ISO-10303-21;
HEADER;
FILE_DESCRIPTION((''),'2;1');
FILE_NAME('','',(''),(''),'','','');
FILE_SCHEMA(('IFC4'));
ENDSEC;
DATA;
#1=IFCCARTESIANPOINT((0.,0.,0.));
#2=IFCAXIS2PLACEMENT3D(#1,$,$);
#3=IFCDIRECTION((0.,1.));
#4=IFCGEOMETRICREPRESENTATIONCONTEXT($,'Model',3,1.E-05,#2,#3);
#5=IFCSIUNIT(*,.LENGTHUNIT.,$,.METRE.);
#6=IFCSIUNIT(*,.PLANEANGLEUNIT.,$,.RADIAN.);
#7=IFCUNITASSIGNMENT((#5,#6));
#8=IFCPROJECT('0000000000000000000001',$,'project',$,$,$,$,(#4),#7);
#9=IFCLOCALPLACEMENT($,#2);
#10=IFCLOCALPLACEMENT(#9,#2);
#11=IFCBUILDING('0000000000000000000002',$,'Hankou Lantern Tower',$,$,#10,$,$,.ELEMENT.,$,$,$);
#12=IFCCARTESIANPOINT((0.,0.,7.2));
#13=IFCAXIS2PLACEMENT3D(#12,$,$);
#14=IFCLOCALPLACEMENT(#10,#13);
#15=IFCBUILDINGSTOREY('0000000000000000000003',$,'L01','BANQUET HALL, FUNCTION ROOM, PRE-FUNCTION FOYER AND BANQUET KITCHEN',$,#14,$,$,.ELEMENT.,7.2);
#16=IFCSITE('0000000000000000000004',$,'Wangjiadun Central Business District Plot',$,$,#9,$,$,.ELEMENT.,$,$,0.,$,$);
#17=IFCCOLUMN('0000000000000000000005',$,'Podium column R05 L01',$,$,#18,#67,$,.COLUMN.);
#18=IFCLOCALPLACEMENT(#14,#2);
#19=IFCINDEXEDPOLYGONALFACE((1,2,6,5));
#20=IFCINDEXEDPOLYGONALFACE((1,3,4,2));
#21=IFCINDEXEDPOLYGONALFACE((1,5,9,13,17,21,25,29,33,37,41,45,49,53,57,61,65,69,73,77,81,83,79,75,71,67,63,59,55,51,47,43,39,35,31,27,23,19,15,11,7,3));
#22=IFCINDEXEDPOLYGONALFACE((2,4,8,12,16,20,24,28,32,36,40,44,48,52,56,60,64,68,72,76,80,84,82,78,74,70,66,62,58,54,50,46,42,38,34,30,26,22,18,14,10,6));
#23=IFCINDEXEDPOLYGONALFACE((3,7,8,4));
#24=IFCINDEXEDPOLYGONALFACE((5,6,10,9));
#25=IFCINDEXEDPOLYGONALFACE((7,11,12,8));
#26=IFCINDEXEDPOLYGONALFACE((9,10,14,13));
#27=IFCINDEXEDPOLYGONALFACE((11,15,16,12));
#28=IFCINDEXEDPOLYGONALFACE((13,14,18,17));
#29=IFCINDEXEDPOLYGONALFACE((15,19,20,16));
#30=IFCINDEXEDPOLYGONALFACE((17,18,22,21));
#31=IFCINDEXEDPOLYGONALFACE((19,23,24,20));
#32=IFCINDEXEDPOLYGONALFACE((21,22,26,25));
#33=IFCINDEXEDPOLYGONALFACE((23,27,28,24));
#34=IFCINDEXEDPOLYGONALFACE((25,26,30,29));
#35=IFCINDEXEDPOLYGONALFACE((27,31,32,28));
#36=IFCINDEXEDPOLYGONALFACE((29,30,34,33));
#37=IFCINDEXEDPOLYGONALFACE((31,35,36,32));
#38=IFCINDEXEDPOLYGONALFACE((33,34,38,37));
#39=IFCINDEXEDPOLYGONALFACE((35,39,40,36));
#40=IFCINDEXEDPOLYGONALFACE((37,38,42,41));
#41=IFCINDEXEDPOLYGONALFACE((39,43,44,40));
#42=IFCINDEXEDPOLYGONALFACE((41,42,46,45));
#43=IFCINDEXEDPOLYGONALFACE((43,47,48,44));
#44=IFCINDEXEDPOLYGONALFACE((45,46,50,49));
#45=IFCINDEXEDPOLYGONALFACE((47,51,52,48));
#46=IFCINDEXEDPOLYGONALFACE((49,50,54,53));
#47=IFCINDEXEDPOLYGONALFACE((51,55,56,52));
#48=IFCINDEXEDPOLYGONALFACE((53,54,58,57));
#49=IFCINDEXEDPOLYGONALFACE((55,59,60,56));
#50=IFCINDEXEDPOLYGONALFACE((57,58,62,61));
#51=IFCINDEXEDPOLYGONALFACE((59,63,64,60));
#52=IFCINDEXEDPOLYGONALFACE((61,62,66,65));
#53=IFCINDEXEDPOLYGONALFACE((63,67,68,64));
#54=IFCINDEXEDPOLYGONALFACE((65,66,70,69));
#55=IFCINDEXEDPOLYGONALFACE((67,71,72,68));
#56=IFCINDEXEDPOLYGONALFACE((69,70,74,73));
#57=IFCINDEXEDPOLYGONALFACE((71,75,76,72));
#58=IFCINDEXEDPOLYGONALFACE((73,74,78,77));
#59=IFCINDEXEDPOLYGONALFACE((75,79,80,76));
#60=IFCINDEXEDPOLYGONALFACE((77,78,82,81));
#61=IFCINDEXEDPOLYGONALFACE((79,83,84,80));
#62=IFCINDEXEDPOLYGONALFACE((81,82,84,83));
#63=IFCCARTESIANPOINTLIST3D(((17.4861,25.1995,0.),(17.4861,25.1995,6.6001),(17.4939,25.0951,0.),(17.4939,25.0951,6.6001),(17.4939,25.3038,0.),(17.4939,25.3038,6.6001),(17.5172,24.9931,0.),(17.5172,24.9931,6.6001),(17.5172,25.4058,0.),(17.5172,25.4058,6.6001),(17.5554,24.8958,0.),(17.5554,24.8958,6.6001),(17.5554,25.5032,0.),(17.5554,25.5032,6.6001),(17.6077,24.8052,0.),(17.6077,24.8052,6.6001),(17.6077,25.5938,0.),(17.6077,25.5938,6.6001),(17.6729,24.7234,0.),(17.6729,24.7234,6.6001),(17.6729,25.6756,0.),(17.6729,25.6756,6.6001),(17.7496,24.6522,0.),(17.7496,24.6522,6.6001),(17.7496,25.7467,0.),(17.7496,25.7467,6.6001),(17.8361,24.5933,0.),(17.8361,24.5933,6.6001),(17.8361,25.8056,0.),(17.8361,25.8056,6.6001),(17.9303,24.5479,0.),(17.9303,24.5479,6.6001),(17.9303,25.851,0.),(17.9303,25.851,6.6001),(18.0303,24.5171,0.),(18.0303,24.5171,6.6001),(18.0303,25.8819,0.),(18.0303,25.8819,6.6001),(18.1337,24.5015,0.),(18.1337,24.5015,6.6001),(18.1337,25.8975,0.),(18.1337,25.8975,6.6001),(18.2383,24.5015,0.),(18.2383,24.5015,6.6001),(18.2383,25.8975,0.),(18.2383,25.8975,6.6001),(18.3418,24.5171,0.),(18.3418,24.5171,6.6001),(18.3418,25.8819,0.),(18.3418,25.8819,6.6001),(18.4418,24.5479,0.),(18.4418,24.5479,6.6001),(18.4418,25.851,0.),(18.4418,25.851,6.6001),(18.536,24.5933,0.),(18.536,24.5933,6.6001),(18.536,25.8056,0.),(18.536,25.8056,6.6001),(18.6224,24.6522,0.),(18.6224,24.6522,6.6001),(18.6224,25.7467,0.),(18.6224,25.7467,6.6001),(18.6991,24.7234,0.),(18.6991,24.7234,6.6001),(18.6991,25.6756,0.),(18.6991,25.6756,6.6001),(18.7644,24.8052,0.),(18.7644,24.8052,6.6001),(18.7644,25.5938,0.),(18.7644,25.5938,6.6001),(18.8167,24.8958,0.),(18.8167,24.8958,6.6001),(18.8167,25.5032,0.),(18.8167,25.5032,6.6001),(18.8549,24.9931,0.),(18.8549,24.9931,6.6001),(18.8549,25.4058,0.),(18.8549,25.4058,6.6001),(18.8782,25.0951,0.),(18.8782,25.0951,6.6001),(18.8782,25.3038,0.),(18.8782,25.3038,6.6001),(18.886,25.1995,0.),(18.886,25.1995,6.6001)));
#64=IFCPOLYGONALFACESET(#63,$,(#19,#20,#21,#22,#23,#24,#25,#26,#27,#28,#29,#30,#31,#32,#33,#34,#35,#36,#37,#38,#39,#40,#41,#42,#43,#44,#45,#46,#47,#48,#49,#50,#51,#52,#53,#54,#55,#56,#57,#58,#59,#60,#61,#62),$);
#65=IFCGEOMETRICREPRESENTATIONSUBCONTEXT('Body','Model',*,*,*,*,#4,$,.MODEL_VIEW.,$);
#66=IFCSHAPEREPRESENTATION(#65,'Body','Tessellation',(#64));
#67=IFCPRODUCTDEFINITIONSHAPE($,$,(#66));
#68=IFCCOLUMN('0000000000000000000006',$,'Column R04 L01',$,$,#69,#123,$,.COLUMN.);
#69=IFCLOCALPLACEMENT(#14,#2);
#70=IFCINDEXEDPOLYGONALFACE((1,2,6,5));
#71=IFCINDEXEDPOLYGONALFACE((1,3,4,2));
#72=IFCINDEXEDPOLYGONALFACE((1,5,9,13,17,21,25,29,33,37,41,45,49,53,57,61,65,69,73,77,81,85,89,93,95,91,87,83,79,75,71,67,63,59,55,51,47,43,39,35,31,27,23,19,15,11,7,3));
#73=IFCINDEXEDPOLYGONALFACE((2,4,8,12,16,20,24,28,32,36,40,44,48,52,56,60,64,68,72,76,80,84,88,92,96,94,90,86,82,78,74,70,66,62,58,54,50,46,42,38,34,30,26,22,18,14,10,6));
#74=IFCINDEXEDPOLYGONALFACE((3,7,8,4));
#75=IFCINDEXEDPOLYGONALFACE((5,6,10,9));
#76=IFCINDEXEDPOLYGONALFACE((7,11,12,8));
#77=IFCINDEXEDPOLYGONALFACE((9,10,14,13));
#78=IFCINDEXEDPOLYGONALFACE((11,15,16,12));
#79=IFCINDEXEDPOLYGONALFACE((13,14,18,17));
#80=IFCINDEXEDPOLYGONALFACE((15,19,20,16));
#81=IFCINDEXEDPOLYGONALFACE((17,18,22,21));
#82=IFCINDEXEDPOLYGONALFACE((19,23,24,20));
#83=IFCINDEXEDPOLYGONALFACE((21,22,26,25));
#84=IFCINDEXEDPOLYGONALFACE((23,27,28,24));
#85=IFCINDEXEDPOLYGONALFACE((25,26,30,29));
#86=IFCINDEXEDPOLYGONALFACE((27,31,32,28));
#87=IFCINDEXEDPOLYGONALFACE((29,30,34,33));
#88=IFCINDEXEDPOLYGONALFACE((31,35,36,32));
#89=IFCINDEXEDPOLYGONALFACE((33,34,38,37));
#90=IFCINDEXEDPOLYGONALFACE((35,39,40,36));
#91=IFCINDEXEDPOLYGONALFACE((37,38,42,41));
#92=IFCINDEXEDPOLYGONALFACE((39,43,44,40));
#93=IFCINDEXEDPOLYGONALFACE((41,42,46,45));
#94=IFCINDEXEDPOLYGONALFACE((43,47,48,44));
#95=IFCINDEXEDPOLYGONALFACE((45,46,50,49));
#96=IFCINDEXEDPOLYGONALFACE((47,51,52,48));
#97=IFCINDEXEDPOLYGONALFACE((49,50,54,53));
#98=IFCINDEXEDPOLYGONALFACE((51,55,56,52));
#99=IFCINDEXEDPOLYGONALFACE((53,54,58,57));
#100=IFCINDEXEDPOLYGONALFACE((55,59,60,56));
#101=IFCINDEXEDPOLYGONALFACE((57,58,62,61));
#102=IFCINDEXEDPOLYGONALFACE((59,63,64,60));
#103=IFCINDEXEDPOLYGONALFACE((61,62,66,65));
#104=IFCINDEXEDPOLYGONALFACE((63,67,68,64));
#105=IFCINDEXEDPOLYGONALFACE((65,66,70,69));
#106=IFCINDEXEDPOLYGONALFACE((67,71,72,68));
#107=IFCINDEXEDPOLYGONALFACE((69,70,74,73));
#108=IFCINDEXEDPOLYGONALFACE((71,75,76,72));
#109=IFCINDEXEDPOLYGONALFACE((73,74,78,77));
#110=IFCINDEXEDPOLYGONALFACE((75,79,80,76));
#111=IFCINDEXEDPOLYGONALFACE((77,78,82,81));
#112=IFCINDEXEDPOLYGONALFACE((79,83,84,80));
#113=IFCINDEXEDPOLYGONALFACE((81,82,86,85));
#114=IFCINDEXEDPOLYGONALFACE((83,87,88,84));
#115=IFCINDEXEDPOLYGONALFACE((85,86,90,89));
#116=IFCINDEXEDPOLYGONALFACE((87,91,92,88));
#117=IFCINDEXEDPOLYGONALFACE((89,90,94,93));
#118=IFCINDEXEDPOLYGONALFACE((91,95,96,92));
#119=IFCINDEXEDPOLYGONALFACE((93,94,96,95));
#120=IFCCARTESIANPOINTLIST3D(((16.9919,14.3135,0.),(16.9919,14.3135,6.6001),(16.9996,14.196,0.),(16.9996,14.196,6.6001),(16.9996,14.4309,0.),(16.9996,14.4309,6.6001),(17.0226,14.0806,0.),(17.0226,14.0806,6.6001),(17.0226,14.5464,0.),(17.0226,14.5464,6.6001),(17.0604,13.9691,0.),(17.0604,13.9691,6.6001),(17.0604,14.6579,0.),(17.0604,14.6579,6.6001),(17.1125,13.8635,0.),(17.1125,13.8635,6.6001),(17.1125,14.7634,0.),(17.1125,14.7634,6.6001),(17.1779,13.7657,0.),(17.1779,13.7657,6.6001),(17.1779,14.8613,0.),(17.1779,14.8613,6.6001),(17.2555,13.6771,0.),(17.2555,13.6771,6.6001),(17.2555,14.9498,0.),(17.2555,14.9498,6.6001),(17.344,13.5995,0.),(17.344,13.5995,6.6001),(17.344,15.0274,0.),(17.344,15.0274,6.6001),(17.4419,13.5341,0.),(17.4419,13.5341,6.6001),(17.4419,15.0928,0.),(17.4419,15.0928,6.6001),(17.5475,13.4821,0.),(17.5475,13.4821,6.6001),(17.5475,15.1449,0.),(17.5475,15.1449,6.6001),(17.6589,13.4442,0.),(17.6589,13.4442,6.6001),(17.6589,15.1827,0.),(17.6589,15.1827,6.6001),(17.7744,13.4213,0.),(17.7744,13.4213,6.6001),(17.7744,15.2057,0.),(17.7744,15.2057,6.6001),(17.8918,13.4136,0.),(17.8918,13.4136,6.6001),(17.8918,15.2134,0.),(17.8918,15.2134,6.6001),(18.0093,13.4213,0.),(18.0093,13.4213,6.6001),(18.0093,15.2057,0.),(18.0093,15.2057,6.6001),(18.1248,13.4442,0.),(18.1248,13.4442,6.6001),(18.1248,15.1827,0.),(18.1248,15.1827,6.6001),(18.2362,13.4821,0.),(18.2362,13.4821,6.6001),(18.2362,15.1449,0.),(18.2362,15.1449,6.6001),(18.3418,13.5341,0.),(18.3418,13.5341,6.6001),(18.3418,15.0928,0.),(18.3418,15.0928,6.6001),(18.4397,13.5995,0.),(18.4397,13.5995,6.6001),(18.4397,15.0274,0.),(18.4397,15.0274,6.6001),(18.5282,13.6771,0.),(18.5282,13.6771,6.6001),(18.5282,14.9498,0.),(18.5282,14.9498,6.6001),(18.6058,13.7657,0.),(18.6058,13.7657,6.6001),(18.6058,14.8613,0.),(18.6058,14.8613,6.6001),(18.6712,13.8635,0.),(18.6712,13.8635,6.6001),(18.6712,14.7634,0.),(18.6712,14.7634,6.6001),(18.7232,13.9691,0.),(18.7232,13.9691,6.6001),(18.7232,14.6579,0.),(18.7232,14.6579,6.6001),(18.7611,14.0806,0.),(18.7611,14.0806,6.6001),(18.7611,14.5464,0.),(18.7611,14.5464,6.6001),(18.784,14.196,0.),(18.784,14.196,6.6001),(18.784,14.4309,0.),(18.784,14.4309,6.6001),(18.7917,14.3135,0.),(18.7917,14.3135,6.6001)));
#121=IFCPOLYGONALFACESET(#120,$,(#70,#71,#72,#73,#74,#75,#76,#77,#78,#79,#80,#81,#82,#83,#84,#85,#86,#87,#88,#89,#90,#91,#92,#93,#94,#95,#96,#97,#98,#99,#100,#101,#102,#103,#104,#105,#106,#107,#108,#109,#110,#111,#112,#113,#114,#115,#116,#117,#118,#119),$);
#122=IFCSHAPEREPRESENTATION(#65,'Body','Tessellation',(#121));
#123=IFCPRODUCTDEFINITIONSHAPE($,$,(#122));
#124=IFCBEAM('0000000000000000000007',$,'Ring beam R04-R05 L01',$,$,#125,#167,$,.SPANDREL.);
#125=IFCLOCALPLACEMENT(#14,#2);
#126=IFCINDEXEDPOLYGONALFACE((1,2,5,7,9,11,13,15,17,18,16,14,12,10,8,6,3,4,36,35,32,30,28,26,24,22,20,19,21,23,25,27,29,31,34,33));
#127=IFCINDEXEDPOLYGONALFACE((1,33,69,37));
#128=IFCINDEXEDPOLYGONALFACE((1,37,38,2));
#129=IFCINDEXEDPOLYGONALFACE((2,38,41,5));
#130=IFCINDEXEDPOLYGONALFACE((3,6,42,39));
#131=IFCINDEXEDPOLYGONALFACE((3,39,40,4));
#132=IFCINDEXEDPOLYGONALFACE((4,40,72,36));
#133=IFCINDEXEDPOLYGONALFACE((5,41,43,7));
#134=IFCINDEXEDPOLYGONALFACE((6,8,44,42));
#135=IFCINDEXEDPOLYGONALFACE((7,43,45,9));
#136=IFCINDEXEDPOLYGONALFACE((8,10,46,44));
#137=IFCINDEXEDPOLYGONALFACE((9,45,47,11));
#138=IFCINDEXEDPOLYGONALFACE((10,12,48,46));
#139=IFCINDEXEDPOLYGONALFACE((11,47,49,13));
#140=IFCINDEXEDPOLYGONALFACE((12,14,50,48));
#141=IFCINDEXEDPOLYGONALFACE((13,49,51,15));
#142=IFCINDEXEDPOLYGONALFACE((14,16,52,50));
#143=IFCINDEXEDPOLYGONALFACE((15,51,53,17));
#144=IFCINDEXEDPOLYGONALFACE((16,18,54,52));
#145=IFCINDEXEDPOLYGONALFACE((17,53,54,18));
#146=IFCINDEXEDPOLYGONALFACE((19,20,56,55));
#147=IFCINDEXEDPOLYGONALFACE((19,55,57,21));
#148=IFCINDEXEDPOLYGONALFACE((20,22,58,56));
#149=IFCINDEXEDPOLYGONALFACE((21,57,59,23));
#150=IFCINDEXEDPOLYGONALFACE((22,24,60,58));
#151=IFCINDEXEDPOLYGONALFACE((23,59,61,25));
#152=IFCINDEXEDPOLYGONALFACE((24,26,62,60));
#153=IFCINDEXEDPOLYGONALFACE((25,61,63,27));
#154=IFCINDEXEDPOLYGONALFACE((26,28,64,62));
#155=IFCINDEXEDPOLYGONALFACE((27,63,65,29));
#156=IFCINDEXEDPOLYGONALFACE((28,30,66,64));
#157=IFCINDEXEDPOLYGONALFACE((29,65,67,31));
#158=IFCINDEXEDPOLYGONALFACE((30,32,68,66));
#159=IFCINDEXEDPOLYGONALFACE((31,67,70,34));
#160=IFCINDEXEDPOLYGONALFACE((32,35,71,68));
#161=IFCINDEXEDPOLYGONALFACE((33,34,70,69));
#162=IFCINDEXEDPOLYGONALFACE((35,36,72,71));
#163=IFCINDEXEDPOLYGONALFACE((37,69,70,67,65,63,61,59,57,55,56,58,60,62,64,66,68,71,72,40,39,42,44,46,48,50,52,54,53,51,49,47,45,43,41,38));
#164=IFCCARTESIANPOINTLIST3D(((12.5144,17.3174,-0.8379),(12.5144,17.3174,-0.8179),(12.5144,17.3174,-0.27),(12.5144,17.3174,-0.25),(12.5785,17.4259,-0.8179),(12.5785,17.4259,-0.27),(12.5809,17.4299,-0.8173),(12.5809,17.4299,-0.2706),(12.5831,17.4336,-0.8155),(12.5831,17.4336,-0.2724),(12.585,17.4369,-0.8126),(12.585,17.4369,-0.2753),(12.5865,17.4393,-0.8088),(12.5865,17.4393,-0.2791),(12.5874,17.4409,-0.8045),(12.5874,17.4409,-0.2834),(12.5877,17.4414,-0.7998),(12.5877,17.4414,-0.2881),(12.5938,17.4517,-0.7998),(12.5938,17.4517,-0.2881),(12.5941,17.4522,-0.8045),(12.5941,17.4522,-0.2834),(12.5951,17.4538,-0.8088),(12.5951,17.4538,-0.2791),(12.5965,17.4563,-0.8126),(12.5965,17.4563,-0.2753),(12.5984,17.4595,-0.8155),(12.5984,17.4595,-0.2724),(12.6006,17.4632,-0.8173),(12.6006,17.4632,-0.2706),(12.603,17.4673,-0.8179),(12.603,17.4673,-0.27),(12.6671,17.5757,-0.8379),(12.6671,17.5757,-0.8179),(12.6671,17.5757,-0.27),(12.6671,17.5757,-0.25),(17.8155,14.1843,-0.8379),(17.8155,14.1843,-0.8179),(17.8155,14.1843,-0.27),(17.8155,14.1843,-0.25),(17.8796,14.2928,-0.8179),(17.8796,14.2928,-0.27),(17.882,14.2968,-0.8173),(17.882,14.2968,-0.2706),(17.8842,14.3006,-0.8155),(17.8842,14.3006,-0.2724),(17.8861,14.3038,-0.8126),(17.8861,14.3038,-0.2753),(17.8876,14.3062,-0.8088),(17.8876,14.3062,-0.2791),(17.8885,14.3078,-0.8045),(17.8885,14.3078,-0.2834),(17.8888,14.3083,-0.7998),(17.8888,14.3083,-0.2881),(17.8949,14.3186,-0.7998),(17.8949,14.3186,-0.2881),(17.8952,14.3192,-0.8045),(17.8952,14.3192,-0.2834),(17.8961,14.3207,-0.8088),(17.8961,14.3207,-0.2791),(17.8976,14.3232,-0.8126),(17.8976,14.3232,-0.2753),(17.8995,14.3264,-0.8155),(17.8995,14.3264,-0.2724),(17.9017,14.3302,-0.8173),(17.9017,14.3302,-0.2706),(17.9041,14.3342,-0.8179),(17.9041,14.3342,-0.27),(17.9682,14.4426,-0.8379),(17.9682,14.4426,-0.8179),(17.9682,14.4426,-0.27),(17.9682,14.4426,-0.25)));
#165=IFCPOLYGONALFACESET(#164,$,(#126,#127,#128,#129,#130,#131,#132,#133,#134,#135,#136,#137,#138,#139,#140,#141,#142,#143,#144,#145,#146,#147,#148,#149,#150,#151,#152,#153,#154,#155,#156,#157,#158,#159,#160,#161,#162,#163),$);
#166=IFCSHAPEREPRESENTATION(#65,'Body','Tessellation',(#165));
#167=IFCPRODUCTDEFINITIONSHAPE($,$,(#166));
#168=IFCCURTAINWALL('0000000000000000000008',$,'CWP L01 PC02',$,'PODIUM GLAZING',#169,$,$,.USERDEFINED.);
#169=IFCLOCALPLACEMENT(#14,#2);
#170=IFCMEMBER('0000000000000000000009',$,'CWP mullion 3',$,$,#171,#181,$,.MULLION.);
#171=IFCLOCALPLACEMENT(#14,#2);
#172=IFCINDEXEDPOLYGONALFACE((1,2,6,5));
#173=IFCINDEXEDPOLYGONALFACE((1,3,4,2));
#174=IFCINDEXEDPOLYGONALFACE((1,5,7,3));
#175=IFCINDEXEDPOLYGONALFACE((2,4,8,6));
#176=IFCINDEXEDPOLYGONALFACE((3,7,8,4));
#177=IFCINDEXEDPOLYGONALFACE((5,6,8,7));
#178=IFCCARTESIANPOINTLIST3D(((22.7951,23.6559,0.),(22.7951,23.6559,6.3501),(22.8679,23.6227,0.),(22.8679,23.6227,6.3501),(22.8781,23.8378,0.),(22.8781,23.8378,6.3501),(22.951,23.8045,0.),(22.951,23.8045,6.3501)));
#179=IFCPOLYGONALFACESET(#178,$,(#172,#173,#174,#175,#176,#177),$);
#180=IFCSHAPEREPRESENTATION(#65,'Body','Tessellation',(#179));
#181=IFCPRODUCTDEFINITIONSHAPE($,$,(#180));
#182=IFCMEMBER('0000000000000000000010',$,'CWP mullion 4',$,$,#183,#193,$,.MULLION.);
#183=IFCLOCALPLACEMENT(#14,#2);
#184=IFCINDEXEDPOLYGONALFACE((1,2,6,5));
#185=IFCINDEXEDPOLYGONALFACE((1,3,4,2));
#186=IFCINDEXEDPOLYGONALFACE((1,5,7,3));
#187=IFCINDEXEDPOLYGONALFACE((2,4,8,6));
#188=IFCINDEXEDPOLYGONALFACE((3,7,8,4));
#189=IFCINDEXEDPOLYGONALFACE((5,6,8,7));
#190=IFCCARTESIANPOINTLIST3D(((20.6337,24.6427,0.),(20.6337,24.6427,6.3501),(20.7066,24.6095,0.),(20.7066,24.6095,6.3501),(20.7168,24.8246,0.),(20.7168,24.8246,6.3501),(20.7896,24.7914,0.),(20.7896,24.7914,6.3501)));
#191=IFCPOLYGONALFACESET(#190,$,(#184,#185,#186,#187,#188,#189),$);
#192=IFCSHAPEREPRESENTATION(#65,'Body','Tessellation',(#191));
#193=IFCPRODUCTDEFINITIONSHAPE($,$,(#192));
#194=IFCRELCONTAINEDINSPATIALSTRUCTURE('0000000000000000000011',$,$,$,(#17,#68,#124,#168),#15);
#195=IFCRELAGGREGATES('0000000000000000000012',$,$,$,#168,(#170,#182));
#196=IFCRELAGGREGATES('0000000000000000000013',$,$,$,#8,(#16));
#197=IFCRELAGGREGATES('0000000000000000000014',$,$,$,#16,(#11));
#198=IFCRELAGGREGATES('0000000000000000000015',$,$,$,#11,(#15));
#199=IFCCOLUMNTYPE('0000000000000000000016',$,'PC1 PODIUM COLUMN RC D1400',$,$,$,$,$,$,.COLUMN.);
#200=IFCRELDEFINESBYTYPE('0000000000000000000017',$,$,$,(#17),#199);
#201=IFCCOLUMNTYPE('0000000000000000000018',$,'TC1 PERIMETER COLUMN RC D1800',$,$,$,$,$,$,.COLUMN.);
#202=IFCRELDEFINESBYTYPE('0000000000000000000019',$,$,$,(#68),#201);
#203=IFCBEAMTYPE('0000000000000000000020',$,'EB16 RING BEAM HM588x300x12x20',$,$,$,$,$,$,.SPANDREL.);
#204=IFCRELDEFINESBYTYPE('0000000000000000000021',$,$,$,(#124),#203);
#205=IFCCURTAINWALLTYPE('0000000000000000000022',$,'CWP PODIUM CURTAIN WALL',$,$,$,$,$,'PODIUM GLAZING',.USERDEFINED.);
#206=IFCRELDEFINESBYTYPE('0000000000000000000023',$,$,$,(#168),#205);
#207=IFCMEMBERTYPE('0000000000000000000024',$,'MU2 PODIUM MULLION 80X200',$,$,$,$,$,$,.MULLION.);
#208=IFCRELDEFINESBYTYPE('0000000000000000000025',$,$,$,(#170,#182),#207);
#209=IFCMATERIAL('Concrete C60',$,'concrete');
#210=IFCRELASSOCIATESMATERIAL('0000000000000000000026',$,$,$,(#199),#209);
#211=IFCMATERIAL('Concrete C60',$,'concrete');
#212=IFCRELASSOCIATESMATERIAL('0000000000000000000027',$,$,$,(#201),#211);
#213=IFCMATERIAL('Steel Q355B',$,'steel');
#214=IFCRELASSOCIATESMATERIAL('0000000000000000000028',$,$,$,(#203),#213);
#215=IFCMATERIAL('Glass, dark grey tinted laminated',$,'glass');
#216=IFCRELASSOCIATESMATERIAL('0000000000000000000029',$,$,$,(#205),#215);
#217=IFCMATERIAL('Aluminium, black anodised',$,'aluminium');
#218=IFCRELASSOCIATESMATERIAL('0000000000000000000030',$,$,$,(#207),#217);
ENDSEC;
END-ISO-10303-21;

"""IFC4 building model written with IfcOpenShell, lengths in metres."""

from ifc_helpers import new_model, si_unit, direction, frame, origin, origin_2d, place, context, subcontext, project, spatial, rectangle, circle, i_section, extrude, material, material_profile, profile_set, type_object, element, aggregate, save


model = new_model("IFC4")

# Units and contexts
model_context = context("Model", 3, precision=1e-05, world=origin(), true_north=direction((0.0, 1.0)))
body_context = subcontext(model_context, "Body", "Model", "MODEL_VIEW")
ifc_project = project(units=[si_unit("LENGTHUNIT", "METRE"), si_unit("PLANEANGLEUNIT", "RADIAN")], contexts=[model_context])

# Site, building, storey
site_placement = place(None, origin())
site = spatial("IfcSite", under=ifc_project, at=site_placement, Name="Wangjiadun Central Business District Plot", CompositionType="ELEMENT", RefElevation=0.0)
building_placement = place(site_placement, origin())
building = spatial("IfcBuilding", under=site, at=building_placement, Name="Hankou Lantern Tower", CompositionType="ELEMENT")
storey_placement = place(building_placement, frame((0.0, 0.0, 7.2)))
storey = spatial("IfcBuildingStorey", under=building, at=storey_placement, Name="L01", Description="BANQUET HALL, FUNCTION ROOM, PRE-FUNCTION FOYER AND BANQUET KITCHEN", CompositionType="ELEMENT", Elevation=7.2)

# Columns
ifc_material_1 = material(Name="Concrete C60", Category="concrete")
ifc_material_profile_1 = material_profile(ifc_material_1, circle(Radius=0.7, at=origin_2d()), Name="RC D1400")
ifc_profile_set_1 = profile_set([ifc_material_profile_1], Name="Concrete C60")
column_type_1 = type_object("IfcColumnType", Name="PC1 PODIUM COLUMN RC D1400", PredefinedType="COLUMN", material=ifc_profile_set_1)
column_1_placement = place(storey_placement, frame((18.186, 25.1995, 0.0), z_axis=(0.0, 0.0, 1.0), x_axis=(1.0, 0.0, 0.0)))
element("IfcColumn", 1, at=column_1_placement, inside=storey, type_object=column_type_1, Name="Podium column R05 L01", PredefinedType="COLUMN", context=body_context, shape_type="SweptSolid", body=[
    extrude(circle(Radius=0.7, at=origin_2d()), origin(), (0.0, 0.0, 1.0), 6.6001),
])
ifc_material_2 = material(Name="Concrete C60", Category="concrete")
ifc_material_profile_2 = material_profile(ifc_material_2, circle(Radius=0.8999, at=origin_2d()), Name="RC D1800")
ifc_profile_set_2 = profile_set([ifc_material_profile_2], Name="Concrete C60")
column_type_2 = type_object("IfcColumnType", Name="TC1 PERIMETER COLUMN RC D1800", PredefinedType="COLUMN", material=ifc_profile_set_2)
column_2_placement = place(storey_placement, frame((17.8918, 14.3135, 0.0), z_axis=(0.0, 0.0, 1.0), x_axis=(1.0, 0.0, 0.0)))
element("IfcColumn", 2, at=column_2_placement, inside=storey, type_object=column_type_2, Name="Column R04 L01", PredefinedType="COLUMN", context=body_context, shape_type="SweptSolid", body=[
    extrude(circle(Radius=0.8999, at=origin_2d()), origin(), (0.0, 0.0, 1.0), 6.6001),
])

# Beam
ifc_material_3 = material(Name="Steel Q355B", Category="steel")
ifc_material_profile_3 = material_profile(ifc_material_3, i_section(OverallWidth=0.3, OverallDepth=0.5879, WebThickness=0.012, FlangeThickness=0.02, FilletRadius=0.0181, at=origin_2d()), Name="HM588x300x12x20")
ifc_profile_set_3 = profile_set([ifc_material_profile_3], Name="Steel Q355B")
beam_type_1 = type_object("IfcBeamType", Name="EB16 RING BEAM HM588x300x12x20", PredefinedType="SPANDREL", material=ifc_profile_set_3)
beam_1_placement = place(storey_placement, frame((17.8918, 14.3135, -0.5439), z_axis=(-0.860882, 0.508805, 0.0), x_axis=(-0.508805, -0.860882, 0.0)))
element("IfcBeam", 3, at=beam_1_placement, inside=storey, type_object=beam_type_1, Name="Ring beam R04-R05 L01", PredefinedType="SPANDREL", context=body_context, shape_type="SweptSolid", body=[
    extrude(i_section(OverallWidth=0.3, OverallDepth=0.5879, WebThickness=0.012, FlangeThickness=0.02, FilletRadius=0.0181, at=origin_2d()), origin(), (0.0, 0.0, 1.0), 6.1577),
])

# Curtain wall, members
ifc_material_4 = material(Name="Glass, dark grey tinted laminated", Category="glass")
curtain_wall_type = type_object("IfcCurtainWallType", Name="CWP PODIUM CURTAIN WALL", ElementType="PODIUM GLAZING", PredefinedType="USERDEFINED", material=ifc_material_4)
curtain_wall_1_placement = place(storey_placement, origin())
curtain_wall_1 = element("IfcCurtainWall", 4, at=curtain_wall_1_placement, inside=storey, type_object=curtain_wall_type, Name="CWP L01 PC02", ObjectType="PODIUM GLAZING", PredefinedType="USERDEFINED")
ifc_material_5 = material(Name="Aluminium, black anodised", Category="aluminium")
ifc_material_profile_4 = material_profile(ifc_material_5, rectangle(XDim=0.0801, YDim=0.2, at=origin_2d()), Name="MU2 80X200")
ifc_profile_set_4 = profile_set([ifc_material_profile_4], Name="Aluminium, black anodised")
member_type_1 = type_object("IfcMemberType", Name="MU2 PODIUM MULLION 80X200", PredefinedType="MULLION", material=ifc_profile_set_4)
member_1_placement = place(storey_placement, frame((22.873, 23.7302, 0.0), z_axis=(0.0, 0.0, 1.0), x_axis=(-0.90967, 0.415332, 0.0)))
member_1 = element("IfcMember", 5, at=member_1_placement, type_object=member_type_1, Name="CWP mullion 3", PredefinedType="MULLION", context=body_context, shape_type="SweptSolid", body=[
    extrude(rectangle(XDim=0.0801, YDim=0.2, at=origin_2d()), origin(), (0.0, 0.0, 1.0), 6.3501),
])
member_2_placement = place(storey_placement, frame((20.7117, 24.717, 0.0), z_axis=(0.0, 0.0, 1.0), x_axis=(-0.90967, 0.415332, 0.0)))
member_2 = element("IfcMember", 6, at=member_2_placement, type_object=member_type_1, Name="CWP mullion 4", PredefinedType="MULLION", context=body_context, shape_type="SweptSolid", body=[
    extrude(rectangle(XDim=0.0801, YDim=0.2, at=origin_2d()), origin(), (0.0, 0.0, 1.0), 6.3501),
])

aggregate(curtain_wall_1, [member_1, member_2])

save(model, "model.ifc")
